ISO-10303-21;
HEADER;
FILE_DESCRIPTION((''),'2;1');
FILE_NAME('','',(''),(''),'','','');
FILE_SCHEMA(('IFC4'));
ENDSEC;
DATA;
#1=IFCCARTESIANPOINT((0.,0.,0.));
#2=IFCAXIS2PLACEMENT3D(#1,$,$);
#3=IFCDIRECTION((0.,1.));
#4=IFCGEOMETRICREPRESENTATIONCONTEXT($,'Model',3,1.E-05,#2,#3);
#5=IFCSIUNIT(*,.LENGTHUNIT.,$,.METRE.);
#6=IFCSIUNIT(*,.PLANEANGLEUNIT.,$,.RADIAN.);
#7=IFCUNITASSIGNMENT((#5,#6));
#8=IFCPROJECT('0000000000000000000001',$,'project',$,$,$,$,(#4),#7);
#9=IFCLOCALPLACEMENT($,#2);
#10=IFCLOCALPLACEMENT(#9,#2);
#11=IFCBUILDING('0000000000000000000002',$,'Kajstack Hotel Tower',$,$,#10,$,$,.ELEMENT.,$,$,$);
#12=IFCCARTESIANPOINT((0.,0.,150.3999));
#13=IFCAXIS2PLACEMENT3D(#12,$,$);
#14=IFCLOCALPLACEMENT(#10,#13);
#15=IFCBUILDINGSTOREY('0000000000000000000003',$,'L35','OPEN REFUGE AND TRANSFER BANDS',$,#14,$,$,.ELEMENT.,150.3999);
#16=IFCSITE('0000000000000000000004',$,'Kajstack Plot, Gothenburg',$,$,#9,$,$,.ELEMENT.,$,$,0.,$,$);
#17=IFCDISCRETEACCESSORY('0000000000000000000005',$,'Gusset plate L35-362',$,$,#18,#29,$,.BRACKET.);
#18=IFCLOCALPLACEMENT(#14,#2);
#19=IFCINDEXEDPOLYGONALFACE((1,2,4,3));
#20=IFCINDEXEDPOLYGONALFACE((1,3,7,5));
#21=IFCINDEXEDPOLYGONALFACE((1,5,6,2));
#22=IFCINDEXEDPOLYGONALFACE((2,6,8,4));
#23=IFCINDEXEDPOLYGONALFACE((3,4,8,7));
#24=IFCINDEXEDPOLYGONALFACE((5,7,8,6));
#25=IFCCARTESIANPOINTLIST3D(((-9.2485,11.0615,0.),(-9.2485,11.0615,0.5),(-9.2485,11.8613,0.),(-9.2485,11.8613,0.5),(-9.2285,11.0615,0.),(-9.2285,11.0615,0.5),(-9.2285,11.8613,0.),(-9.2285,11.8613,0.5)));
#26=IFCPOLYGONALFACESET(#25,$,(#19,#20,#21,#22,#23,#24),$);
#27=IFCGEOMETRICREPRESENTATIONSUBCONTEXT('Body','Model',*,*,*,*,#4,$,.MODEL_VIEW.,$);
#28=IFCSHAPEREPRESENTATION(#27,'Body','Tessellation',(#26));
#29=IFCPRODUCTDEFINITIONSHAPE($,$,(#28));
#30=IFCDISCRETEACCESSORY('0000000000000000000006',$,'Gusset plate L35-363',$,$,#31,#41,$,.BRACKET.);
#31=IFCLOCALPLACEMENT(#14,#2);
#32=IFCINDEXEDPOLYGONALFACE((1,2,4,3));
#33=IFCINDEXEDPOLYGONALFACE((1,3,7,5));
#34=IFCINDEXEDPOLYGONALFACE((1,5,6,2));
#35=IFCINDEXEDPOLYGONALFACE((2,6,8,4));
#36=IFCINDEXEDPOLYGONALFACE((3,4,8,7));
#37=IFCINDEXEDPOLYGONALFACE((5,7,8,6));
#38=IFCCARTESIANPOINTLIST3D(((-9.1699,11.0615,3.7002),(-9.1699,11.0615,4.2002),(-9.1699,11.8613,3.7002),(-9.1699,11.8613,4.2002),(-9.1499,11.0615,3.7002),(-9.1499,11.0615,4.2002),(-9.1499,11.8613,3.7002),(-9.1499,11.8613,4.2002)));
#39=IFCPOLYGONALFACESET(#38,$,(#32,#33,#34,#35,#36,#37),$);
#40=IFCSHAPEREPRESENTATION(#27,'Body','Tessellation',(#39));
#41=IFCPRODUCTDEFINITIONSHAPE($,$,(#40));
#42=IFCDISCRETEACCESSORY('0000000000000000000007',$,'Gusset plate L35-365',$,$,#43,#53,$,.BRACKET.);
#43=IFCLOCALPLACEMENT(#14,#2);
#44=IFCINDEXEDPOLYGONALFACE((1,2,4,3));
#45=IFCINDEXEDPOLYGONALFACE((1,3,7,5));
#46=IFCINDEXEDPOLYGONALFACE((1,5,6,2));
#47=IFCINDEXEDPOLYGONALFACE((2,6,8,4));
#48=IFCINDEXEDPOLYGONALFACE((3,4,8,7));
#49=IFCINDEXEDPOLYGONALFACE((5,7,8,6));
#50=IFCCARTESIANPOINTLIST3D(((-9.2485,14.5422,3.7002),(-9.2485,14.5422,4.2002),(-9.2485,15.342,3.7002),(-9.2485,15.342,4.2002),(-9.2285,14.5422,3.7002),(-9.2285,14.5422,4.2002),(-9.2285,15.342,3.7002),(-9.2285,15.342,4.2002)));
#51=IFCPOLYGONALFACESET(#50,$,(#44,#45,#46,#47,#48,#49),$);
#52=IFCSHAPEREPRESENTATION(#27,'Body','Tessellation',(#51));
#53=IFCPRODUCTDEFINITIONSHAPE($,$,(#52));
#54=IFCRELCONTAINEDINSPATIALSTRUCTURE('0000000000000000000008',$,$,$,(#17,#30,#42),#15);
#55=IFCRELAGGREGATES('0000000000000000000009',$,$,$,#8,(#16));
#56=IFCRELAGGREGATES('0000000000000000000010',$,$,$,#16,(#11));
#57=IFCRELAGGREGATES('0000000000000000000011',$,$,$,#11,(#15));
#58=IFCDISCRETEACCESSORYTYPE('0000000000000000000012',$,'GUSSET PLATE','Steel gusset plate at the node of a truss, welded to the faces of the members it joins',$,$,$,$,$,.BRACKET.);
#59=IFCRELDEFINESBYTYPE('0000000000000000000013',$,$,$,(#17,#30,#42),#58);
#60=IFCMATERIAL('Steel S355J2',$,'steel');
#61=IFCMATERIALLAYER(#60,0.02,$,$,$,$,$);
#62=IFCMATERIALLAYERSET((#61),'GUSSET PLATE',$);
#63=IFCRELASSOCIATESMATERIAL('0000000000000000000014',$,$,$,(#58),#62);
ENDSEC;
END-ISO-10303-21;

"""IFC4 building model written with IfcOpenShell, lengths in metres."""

from ifc_helpers import new_model, si_unit, direction, frame, origin, place, context, subcontext, project, spatial, polyline, outline, extrude, material, layer, layer_set, type_object, element, save


model = new_model("IFC4")

# Units and contexts
model_context = context("Model", 3, precision=1e-05, world=origin(), true_north=direction((0.0, 1.0)))
body_context = subcontext(model_context, "Body", "Model", "MODEL_VIEW")
ifc_project = project(units=[si_unit("LENGTHUNIT", "METRE"), si_unit("PLANEANGLEUNIT", "RADIAN")], contexts=[model_context])

# Site, building, storey
site_placement = place(None, origin())
site = spatial("IfcSite", under=ifc_project, at=site_placement, Name="Kajstack Plot, Gothenburg", CompositionType="ELEMENT", RefElevation=0.0)
building_placement = place(site_placement, origin())
building = spatial("IfcBuilding", under=site, at=building_placement, Name="Kajstack Hotel Tower", CompositionType="ELEMENT")
storey_placement = place(building_placement, frame((0.0, 0.0, 150.3999)))
storey = spatial("IfcBuildingStorey", under=building, at=storey_placement, Name="L35", Description="OPEN REFUGE AND TRANSFER BANDS", CompositionType="ELEMENT", Elevation=150.3999)

# Shared definitions
ifc_material = material(Name="Steel S355J2", Category="steel")

# Discrete accessories
ifc_layer = layer(ifc_material, 0.02)
ifc_layer_set = layer_set([ifc_layer], Name="GUSSET PLATE")
discrete_accessory_type = type_object("IfcDiscreteAccessoryType", Name="GUSSET PLATE", Description="Steel gusset plate at the node of a truss, welded to the faces of the members it joins", PredefinedType="BRACKET", material=ifc_layer_set)
for number, where, z_axis, x_axis, name in (
    (1, (-9.2485, 11.4614, 0.0), (1.0, 0.0, 0.0), (0.0, 1.0, 0.0), "Gusset plate L35-362"),
    (2, (-9.1699, 11.4614, 3.7002), (1.0, 0.0, 0.0), (0.0, 1.0, 0.0), "Gusset plate L35-363"),
    (3, (-9.2485, 14.9421, 3.7002), (1.0, 0.0, 0.0), (0.0, 1.0, 0.0), "Gusset plate L35-365"),
):
    element("IfcDiscreteAccessory", number, at=place(storey_placement, frame(where, z_axis=z_axis, x_axis=x_axis)), inside=storey, type_object=discrete_accessory_type, Name=name, PredefinedType="BRACKET", context=body_context, shape_type="SweptSolid", body=[
        extrude(outline(polyline([(-0.3999, 0.0), (0.3999, 0.0), (0.3999, 0.5), (-0.3999, 0.5), (-0.3999, 0.0)])), origin(), (0.0, 0.0, 1.0), 0.02),
    ])

save(model, "model.ifc")
